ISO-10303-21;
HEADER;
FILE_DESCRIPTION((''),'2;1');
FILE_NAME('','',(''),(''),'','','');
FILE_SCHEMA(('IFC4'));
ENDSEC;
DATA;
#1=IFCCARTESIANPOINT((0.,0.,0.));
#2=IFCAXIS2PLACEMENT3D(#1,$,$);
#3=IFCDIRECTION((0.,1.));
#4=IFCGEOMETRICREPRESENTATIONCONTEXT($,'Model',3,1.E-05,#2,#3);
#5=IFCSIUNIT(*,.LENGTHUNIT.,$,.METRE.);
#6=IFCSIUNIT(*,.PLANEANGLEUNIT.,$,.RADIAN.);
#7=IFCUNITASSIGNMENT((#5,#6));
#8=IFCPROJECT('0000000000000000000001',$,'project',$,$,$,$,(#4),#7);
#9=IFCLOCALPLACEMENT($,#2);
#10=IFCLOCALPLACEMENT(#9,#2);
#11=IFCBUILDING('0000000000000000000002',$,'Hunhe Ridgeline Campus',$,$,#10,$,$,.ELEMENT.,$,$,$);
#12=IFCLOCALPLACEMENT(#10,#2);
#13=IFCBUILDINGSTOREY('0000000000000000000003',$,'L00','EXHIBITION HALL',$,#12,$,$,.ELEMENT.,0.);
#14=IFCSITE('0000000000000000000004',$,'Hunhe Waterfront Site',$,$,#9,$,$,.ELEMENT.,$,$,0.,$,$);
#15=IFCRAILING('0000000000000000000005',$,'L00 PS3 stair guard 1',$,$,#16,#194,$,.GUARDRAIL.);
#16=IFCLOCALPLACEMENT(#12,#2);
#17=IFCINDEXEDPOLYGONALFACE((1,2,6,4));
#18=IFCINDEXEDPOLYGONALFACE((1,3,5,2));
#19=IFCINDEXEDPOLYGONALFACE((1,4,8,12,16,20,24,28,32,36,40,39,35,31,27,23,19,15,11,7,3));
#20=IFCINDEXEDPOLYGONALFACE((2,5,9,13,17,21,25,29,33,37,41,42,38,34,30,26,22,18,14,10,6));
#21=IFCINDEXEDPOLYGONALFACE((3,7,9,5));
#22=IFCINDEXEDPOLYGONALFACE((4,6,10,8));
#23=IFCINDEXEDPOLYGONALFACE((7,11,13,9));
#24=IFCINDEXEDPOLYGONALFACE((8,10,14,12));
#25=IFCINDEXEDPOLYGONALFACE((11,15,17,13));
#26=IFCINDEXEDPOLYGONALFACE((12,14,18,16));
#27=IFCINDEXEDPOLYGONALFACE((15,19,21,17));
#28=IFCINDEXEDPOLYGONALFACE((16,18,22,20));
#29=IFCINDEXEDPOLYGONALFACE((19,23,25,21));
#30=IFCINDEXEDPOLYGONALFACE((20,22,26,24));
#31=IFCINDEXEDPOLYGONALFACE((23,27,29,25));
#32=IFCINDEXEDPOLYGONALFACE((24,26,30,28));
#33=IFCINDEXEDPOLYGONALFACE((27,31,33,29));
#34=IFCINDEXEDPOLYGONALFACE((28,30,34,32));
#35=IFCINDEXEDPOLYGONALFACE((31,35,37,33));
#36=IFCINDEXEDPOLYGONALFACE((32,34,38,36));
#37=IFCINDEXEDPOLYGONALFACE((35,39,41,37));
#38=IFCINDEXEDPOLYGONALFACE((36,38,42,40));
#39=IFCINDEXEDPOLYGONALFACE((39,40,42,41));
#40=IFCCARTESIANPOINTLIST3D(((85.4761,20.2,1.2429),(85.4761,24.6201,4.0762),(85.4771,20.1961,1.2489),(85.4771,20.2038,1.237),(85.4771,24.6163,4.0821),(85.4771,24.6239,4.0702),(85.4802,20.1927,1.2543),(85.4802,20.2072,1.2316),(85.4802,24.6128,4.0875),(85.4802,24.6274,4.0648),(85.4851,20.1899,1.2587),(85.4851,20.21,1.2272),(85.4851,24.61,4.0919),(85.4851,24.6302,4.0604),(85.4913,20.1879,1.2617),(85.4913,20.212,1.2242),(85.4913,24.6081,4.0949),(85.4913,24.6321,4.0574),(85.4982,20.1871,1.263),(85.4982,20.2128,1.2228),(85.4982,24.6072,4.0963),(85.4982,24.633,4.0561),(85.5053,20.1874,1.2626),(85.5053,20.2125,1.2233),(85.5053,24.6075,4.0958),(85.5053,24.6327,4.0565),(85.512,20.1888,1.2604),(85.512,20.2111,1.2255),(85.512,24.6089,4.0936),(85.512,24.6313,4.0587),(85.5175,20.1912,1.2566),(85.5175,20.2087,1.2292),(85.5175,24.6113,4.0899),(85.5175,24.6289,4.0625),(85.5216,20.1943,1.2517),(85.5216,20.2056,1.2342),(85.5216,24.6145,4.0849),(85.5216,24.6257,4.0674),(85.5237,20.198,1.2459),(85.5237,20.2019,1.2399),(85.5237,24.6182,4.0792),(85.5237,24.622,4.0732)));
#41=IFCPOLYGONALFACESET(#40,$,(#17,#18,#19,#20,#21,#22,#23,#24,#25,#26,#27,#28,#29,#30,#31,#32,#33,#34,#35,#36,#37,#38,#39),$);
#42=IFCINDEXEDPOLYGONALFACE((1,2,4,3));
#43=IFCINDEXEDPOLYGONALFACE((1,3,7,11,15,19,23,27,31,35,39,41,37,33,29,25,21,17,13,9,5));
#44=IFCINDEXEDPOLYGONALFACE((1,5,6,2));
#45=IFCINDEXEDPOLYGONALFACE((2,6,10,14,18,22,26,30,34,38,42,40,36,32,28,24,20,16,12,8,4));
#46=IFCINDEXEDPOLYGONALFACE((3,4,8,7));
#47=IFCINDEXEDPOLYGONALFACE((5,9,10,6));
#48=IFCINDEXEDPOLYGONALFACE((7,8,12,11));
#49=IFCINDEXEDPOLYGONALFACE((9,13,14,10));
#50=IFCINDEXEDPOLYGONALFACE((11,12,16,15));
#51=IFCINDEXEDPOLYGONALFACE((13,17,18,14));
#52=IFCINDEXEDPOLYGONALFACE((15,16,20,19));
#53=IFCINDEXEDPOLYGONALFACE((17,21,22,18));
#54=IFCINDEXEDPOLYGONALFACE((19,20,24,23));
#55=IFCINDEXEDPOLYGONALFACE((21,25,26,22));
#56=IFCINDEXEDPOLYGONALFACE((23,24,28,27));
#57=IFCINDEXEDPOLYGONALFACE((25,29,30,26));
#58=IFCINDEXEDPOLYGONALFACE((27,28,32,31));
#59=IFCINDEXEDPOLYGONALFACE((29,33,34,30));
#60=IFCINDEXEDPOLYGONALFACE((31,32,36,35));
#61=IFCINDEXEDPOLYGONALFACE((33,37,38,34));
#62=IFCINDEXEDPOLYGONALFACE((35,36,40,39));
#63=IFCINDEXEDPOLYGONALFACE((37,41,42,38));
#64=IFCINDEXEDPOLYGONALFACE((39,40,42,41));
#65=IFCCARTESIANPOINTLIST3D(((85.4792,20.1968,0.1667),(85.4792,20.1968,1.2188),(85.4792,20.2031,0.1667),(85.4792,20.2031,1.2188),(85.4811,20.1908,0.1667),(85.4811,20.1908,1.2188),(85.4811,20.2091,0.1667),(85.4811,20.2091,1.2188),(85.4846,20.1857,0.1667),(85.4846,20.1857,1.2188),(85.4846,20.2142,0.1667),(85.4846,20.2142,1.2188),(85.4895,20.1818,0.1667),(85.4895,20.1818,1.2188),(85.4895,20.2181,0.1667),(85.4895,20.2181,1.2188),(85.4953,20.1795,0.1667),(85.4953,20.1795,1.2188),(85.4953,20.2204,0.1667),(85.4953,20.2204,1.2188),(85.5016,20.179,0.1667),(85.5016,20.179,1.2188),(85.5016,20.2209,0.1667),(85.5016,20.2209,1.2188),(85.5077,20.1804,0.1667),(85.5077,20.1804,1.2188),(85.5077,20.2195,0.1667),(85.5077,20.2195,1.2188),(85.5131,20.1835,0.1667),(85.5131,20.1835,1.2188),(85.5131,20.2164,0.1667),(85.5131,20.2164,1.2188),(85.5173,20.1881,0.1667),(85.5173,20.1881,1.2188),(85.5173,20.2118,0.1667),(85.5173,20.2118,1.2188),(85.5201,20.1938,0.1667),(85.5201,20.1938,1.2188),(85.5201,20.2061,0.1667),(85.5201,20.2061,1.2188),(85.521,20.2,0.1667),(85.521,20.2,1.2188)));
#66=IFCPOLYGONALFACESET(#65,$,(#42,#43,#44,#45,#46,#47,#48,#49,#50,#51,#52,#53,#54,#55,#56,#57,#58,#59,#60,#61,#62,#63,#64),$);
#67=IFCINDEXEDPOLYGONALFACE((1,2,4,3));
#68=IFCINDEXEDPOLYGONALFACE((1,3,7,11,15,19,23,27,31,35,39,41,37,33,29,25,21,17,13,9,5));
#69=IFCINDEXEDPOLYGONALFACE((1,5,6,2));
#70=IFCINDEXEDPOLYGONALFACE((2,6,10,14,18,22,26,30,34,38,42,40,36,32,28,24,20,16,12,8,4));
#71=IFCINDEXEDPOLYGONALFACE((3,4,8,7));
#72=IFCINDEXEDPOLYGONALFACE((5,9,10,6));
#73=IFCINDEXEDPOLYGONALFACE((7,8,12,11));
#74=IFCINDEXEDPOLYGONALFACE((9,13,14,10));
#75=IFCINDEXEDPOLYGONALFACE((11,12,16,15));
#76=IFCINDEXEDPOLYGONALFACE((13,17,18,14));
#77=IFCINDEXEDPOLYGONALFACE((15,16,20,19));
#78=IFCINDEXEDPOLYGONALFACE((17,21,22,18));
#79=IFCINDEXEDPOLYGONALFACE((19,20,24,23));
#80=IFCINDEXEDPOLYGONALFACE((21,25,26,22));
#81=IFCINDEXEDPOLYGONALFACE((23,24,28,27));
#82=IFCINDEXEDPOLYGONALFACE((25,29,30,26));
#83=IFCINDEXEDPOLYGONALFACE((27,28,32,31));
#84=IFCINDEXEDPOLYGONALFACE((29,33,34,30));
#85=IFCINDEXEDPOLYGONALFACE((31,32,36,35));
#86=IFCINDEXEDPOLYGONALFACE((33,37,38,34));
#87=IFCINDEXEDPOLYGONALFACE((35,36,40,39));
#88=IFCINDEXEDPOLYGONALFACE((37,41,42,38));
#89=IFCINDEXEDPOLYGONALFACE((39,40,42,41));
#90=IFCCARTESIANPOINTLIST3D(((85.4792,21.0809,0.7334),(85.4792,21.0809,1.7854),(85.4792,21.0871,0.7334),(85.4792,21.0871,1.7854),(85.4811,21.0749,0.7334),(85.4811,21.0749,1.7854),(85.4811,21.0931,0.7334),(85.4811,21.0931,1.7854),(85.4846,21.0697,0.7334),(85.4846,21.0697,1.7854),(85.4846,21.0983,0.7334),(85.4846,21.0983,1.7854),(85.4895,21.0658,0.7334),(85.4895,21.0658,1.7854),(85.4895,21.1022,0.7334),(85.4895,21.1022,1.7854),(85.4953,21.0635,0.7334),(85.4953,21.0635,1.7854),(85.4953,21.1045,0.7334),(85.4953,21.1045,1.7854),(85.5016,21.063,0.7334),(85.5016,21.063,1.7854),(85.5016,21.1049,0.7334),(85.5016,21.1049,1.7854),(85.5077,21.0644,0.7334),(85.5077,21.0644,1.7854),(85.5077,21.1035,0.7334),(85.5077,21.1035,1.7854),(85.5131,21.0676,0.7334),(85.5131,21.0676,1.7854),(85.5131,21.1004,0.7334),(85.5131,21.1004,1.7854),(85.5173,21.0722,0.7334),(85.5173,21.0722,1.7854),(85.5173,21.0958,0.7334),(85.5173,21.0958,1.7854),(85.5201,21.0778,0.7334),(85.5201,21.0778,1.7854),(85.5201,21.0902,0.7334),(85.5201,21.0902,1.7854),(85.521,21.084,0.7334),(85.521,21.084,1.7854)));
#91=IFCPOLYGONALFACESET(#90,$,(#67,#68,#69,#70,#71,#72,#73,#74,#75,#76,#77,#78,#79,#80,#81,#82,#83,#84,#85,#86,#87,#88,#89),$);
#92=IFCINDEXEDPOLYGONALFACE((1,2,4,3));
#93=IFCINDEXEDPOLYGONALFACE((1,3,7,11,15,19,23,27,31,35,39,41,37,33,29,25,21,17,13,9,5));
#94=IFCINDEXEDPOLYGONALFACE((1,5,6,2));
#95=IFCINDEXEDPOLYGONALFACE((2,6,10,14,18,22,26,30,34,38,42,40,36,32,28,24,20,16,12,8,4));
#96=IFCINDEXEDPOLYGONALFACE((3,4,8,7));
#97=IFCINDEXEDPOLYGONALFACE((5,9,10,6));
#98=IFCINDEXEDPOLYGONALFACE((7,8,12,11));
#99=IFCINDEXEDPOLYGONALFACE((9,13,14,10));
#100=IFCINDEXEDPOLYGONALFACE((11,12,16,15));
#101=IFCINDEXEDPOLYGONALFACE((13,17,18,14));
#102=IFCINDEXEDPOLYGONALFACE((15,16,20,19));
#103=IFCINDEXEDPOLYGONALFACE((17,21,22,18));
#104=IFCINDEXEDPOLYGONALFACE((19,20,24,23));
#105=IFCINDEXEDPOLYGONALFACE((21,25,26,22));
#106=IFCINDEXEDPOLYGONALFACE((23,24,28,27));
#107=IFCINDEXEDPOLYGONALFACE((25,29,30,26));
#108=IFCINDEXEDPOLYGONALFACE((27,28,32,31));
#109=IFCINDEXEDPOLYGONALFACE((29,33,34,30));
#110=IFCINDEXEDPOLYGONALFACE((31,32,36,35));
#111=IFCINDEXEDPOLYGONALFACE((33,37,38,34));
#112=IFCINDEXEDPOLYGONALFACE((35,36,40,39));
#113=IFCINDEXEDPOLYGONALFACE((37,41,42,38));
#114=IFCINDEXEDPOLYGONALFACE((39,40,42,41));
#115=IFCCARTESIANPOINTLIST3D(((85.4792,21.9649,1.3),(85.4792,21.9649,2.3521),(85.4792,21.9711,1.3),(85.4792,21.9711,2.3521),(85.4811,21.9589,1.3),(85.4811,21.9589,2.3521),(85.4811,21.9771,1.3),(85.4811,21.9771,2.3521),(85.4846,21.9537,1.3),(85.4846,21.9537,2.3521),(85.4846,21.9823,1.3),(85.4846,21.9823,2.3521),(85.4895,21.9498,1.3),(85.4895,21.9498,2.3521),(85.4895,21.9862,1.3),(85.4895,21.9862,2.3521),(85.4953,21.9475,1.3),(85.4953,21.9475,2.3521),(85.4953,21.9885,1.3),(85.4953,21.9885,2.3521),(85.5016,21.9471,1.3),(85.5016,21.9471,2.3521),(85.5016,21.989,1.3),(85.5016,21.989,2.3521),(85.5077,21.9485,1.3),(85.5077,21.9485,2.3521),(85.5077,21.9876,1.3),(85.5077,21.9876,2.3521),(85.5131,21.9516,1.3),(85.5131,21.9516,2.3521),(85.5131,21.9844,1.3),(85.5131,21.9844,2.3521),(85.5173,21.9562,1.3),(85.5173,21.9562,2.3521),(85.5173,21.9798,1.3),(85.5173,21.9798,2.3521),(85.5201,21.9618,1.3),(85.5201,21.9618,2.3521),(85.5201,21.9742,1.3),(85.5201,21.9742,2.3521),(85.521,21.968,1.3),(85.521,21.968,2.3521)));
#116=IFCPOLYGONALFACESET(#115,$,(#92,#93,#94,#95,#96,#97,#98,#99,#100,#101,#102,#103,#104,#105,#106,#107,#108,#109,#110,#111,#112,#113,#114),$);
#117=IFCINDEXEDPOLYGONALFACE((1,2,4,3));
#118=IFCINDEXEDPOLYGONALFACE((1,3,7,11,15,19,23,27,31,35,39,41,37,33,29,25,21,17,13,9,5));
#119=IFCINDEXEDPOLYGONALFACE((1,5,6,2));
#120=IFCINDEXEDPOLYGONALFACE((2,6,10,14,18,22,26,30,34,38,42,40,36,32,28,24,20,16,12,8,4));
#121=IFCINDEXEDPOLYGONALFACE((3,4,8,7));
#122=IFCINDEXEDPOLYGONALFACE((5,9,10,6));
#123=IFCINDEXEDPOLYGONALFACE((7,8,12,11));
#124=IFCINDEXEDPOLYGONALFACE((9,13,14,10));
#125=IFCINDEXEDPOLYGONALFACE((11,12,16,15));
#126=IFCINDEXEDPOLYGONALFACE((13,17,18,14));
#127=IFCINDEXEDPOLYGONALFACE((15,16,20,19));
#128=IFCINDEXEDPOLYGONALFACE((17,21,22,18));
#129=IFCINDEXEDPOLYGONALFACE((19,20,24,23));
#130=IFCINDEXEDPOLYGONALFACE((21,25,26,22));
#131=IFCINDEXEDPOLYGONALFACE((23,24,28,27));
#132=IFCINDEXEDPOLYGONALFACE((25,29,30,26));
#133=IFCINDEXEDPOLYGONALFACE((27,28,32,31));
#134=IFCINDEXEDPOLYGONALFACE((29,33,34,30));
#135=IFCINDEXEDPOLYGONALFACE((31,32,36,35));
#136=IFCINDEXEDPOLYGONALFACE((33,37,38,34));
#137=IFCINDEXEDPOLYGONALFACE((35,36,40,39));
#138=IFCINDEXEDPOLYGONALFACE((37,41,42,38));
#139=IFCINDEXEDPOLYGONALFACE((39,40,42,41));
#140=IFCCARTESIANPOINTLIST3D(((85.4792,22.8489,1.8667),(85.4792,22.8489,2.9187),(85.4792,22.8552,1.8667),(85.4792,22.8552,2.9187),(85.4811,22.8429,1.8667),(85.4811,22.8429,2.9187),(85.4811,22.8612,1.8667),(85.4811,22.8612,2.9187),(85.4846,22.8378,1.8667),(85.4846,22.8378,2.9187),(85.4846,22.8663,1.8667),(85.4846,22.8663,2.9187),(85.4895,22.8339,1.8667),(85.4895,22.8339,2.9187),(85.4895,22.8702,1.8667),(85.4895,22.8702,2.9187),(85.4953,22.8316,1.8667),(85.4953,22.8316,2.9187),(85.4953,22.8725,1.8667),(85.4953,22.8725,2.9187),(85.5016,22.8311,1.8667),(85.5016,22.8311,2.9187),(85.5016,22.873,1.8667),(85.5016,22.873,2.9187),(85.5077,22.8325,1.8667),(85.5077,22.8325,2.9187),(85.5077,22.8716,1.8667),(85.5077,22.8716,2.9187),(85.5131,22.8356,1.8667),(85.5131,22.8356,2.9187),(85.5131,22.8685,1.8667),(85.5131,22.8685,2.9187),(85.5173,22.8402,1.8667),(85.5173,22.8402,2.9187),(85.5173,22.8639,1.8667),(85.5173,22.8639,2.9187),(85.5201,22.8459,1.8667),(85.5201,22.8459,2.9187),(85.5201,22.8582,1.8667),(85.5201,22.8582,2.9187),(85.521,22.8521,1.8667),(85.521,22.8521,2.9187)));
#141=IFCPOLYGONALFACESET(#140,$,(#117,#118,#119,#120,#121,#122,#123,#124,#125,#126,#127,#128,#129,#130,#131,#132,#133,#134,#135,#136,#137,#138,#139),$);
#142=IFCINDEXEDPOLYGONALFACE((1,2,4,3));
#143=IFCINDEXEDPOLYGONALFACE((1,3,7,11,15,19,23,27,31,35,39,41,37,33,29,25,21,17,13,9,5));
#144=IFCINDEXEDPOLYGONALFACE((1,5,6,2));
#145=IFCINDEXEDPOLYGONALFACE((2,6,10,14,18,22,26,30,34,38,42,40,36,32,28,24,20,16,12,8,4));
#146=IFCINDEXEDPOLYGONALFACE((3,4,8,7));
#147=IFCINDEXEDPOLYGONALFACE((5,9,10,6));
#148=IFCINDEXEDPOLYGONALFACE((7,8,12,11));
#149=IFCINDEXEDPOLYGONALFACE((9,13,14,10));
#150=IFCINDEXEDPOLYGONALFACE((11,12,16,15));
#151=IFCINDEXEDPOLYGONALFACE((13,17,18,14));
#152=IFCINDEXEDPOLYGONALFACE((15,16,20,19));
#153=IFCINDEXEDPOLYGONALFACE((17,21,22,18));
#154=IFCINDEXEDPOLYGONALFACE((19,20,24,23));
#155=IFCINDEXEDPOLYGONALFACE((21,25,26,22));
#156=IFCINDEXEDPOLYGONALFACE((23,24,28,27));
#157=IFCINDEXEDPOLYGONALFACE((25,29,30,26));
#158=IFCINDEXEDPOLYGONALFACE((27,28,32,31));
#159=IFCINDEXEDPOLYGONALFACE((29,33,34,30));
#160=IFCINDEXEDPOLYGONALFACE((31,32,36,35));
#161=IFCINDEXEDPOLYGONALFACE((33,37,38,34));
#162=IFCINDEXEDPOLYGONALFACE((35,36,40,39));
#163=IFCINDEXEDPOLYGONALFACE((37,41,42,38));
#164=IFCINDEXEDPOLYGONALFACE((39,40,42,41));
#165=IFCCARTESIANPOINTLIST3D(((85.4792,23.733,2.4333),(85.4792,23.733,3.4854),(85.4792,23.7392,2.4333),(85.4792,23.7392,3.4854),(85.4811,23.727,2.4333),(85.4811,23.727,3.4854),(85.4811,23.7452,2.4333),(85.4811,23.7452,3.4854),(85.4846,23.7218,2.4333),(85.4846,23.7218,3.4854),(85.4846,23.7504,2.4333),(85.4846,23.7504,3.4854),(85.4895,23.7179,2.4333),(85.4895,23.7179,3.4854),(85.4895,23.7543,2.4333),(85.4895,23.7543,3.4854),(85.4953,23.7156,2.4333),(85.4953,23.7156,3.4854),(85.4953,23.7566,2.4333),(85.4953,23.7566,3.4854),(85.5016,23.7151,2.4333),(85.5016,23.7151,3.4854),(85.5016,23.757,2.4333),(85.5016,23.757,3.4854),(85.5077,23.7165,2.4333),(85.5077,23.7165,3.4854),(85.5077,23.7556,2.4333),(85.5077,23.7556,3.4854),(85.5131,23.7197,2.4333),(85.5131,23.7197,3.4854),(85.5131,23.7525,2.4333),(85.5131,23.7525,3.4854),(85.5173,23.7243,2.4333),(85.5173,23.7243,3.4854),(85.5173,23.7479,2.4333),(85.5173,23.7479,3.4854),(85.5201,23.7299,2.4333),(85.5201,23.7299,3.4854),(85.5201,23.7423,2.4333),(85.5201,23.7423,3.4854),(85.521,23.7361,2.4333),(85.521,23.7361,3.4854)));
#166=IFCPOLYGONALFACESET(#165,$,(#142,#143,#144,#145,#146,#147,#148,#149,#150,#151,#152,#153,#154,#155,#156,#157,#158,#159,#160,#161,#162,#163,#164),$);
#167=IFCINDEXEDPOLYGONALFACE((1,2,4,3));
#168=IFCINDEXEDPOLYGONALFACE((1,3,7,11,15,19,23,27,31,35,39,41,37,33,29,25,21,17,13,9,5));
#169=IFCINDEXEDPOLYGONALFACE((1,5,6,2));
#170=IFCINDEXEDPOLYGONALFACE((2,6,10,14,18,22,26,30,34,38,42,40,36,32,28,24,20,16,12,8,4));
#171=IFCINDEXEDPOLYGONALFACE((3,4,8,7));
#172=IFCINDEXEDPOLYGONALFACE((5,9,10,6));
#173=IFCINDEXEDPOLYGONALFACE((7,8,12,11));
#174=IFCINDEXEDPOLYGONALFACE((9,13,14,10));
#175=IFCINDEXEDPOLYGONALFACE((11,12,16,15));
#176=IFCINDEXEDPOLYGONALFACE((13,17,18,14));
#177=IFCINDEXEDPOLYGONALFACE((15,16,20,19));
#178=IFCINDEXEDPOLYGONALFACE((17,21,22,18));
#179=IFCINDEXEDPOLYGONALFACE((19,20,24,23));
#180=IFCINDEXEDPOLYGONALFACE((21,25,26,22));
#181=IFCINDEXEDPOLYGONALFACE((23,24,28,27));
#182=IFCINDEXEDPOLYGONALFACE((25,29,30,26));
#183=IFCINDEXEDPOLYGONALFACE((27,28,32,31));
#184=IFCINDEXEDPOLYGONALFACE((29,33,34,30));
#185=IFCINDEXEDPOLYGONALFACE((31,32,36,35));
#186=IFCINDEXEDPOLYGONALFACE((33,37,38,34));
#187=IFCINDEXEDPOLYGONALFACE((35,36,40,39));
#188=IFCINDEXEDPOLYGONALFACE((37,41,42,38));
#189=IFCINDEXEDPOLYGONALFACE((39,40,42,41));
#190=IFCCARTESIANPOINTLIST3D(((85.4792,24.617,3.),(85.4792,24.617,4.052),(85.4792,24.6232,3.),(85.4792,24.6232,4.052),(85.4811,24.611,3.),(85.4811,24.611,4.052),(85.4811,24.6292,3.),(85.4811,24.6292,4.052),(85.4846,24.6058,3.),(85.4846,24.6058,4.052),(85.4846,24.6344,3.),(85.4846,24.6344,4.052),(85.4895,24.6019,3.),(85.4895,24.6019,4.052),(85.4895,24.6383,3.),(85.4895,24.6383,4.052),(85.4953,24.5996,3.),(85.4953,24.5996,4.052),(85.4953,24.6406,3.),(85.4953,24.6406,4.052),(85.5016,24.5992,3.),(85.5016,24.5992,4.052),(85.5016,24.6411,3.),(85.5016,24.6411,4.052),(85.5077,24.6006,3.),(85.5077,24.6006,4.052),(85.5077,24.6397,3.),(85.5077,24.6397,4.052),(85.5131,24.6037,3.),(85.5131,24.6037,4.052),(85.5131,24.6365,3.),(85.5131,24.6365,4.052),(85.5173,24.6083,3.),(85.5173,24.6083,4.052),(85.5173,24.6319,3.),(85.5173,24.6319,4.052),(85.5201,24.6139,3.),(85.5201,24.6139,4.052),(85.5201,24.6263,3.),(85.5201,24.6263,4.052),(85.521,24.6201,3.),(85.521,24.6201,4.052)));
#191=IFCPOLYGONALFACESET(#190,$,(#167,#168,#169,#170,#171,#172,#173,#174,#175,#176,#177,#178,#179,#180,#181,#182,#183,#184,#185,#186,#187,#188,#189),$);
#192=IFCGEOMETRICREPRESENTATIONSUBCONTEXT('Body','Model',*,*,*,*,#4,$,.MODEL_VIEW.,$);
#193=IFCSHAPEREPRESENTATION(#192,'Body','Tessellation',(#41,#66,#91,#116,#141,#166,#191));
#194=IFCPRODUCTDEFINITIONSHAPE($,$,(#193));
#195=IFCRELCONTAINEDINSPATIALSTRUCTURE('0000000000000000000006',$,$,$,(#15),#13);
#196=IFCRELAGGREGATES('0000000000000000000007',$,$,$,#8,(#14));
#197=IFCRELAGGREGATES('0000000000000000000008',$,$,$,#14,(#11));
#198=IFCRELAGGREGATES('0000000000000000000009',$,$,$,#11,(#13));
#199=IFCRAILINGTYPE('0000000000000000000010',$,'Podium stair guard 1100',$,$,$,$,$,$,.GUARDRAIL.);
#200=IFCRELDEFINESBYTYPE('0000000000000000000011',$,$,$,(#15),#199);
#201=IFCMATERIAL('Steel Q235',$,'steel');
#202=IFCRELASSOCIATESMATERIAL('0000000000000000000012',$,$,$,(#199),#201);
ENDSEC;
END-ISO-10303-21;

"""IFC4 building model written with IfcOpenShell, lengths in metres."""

from ifc_helpers import new_model, si_unit, direction, frame, origin, origin_2d, place, context, subcontext, project, spatial, circle, extrude, material, type_object, element, save


model = new_model("IFC4")

# Units and contexts
model_context = context("Model", 3, precision=1e-05, world=origin(), true_north=direction((0.0, 1.0)))
body_context = subcontext(model_context, "Body", "Model", "MODEL_VIEW")
ifc_project = project(units=[si_unit("LENGTHUNIT", "METRE"), si_unit("PLANEANGLEUNIT", "RADIAN")], contexts=[model_context])

# Site, building, storey
site_placement = place(None, origin())
site = spatial("IfcSite", under=ifc_project, at=site_placement, Name="Hunhe Waterfront Site", CompositionType="ELEMENT", RefElevation=0.0)
building_placement = place(site_placement, origin())
building = spatial("IfcBuilding", under=site, at=building_placement, Name="Hunhe Ridgeline Campus", CompositionType="ELEMENT")
storey_placement = place(building_placement, origin())
storey = spatial("IfcBuildingStorey", under=building, at=storey_placement, Name="L00", Description="EXHIBITION HALL", CompositionType="ELEMENT", Elevation=0.0)

# Shared definitions
ifc_material_1 = material(Name="Steel Q235", Category="steel")

# Railing
railing_type_1 = type_object("IfcRailingType", Name="Podium stair guard 1100", PredefinedType="GUARDRAIL", material=ifc_material_1)
railing_1_placement = place(storey_placement, frame((85.5, 20.2, 0.1667)))
element("IfcRailing", 1, at=railing_1_placement, inside=storey, type_object=railing_type_1, Name="L00 PS3 stair guard 1", PredefinedType="GUARDRAIL", context=body_context, shape_type="SweptSolid", body=[
    extrude(circle(Radius=0.0239, at=origin_2d()), frame((0.0, 0.0, 1.0762), z_axis=(0.0, 0.841895, 0.539641), x_axis=(-1.0, 0.0, 0.0)), (0.0, 0.0, 1.0), 5.2502),
    extrude(circle(Radius=0.021, at=origin_2d()), origin(), (0.0, 0.0, 1.0), 1.052),
    extrude(circle(Radius=0.021, at=origin_2d()), frame((0.0, 0.884, 0.5667)), (0.0, 0.0, 1.0), 1.052),
    extrude(circle(Radius=0.021, at=origin_2d()), frame((0.0, 1.7681, 1.1333)), (0.0, 0.0, 1.0), 1.052),
    extrude(circle(Radius=0.021, at=origin_2d()), frame((0.0, 2.6521, 1.7)), (0.0, 0.0, 1.0), 1.052),
    extrude(circle(Radius=0.021, at=origin_2d()), frame((0.0, 3.5361, 2.2666)), (0.0, 0.0, 1.0), 1.052),
    extrude(circle(Radius=0.021, at=origin_2d()), frame((0.0, 4.4202, 2.8333)), (0.0, 0.0, 1.0), 1.052),
])

save(model, "model.ifc")
